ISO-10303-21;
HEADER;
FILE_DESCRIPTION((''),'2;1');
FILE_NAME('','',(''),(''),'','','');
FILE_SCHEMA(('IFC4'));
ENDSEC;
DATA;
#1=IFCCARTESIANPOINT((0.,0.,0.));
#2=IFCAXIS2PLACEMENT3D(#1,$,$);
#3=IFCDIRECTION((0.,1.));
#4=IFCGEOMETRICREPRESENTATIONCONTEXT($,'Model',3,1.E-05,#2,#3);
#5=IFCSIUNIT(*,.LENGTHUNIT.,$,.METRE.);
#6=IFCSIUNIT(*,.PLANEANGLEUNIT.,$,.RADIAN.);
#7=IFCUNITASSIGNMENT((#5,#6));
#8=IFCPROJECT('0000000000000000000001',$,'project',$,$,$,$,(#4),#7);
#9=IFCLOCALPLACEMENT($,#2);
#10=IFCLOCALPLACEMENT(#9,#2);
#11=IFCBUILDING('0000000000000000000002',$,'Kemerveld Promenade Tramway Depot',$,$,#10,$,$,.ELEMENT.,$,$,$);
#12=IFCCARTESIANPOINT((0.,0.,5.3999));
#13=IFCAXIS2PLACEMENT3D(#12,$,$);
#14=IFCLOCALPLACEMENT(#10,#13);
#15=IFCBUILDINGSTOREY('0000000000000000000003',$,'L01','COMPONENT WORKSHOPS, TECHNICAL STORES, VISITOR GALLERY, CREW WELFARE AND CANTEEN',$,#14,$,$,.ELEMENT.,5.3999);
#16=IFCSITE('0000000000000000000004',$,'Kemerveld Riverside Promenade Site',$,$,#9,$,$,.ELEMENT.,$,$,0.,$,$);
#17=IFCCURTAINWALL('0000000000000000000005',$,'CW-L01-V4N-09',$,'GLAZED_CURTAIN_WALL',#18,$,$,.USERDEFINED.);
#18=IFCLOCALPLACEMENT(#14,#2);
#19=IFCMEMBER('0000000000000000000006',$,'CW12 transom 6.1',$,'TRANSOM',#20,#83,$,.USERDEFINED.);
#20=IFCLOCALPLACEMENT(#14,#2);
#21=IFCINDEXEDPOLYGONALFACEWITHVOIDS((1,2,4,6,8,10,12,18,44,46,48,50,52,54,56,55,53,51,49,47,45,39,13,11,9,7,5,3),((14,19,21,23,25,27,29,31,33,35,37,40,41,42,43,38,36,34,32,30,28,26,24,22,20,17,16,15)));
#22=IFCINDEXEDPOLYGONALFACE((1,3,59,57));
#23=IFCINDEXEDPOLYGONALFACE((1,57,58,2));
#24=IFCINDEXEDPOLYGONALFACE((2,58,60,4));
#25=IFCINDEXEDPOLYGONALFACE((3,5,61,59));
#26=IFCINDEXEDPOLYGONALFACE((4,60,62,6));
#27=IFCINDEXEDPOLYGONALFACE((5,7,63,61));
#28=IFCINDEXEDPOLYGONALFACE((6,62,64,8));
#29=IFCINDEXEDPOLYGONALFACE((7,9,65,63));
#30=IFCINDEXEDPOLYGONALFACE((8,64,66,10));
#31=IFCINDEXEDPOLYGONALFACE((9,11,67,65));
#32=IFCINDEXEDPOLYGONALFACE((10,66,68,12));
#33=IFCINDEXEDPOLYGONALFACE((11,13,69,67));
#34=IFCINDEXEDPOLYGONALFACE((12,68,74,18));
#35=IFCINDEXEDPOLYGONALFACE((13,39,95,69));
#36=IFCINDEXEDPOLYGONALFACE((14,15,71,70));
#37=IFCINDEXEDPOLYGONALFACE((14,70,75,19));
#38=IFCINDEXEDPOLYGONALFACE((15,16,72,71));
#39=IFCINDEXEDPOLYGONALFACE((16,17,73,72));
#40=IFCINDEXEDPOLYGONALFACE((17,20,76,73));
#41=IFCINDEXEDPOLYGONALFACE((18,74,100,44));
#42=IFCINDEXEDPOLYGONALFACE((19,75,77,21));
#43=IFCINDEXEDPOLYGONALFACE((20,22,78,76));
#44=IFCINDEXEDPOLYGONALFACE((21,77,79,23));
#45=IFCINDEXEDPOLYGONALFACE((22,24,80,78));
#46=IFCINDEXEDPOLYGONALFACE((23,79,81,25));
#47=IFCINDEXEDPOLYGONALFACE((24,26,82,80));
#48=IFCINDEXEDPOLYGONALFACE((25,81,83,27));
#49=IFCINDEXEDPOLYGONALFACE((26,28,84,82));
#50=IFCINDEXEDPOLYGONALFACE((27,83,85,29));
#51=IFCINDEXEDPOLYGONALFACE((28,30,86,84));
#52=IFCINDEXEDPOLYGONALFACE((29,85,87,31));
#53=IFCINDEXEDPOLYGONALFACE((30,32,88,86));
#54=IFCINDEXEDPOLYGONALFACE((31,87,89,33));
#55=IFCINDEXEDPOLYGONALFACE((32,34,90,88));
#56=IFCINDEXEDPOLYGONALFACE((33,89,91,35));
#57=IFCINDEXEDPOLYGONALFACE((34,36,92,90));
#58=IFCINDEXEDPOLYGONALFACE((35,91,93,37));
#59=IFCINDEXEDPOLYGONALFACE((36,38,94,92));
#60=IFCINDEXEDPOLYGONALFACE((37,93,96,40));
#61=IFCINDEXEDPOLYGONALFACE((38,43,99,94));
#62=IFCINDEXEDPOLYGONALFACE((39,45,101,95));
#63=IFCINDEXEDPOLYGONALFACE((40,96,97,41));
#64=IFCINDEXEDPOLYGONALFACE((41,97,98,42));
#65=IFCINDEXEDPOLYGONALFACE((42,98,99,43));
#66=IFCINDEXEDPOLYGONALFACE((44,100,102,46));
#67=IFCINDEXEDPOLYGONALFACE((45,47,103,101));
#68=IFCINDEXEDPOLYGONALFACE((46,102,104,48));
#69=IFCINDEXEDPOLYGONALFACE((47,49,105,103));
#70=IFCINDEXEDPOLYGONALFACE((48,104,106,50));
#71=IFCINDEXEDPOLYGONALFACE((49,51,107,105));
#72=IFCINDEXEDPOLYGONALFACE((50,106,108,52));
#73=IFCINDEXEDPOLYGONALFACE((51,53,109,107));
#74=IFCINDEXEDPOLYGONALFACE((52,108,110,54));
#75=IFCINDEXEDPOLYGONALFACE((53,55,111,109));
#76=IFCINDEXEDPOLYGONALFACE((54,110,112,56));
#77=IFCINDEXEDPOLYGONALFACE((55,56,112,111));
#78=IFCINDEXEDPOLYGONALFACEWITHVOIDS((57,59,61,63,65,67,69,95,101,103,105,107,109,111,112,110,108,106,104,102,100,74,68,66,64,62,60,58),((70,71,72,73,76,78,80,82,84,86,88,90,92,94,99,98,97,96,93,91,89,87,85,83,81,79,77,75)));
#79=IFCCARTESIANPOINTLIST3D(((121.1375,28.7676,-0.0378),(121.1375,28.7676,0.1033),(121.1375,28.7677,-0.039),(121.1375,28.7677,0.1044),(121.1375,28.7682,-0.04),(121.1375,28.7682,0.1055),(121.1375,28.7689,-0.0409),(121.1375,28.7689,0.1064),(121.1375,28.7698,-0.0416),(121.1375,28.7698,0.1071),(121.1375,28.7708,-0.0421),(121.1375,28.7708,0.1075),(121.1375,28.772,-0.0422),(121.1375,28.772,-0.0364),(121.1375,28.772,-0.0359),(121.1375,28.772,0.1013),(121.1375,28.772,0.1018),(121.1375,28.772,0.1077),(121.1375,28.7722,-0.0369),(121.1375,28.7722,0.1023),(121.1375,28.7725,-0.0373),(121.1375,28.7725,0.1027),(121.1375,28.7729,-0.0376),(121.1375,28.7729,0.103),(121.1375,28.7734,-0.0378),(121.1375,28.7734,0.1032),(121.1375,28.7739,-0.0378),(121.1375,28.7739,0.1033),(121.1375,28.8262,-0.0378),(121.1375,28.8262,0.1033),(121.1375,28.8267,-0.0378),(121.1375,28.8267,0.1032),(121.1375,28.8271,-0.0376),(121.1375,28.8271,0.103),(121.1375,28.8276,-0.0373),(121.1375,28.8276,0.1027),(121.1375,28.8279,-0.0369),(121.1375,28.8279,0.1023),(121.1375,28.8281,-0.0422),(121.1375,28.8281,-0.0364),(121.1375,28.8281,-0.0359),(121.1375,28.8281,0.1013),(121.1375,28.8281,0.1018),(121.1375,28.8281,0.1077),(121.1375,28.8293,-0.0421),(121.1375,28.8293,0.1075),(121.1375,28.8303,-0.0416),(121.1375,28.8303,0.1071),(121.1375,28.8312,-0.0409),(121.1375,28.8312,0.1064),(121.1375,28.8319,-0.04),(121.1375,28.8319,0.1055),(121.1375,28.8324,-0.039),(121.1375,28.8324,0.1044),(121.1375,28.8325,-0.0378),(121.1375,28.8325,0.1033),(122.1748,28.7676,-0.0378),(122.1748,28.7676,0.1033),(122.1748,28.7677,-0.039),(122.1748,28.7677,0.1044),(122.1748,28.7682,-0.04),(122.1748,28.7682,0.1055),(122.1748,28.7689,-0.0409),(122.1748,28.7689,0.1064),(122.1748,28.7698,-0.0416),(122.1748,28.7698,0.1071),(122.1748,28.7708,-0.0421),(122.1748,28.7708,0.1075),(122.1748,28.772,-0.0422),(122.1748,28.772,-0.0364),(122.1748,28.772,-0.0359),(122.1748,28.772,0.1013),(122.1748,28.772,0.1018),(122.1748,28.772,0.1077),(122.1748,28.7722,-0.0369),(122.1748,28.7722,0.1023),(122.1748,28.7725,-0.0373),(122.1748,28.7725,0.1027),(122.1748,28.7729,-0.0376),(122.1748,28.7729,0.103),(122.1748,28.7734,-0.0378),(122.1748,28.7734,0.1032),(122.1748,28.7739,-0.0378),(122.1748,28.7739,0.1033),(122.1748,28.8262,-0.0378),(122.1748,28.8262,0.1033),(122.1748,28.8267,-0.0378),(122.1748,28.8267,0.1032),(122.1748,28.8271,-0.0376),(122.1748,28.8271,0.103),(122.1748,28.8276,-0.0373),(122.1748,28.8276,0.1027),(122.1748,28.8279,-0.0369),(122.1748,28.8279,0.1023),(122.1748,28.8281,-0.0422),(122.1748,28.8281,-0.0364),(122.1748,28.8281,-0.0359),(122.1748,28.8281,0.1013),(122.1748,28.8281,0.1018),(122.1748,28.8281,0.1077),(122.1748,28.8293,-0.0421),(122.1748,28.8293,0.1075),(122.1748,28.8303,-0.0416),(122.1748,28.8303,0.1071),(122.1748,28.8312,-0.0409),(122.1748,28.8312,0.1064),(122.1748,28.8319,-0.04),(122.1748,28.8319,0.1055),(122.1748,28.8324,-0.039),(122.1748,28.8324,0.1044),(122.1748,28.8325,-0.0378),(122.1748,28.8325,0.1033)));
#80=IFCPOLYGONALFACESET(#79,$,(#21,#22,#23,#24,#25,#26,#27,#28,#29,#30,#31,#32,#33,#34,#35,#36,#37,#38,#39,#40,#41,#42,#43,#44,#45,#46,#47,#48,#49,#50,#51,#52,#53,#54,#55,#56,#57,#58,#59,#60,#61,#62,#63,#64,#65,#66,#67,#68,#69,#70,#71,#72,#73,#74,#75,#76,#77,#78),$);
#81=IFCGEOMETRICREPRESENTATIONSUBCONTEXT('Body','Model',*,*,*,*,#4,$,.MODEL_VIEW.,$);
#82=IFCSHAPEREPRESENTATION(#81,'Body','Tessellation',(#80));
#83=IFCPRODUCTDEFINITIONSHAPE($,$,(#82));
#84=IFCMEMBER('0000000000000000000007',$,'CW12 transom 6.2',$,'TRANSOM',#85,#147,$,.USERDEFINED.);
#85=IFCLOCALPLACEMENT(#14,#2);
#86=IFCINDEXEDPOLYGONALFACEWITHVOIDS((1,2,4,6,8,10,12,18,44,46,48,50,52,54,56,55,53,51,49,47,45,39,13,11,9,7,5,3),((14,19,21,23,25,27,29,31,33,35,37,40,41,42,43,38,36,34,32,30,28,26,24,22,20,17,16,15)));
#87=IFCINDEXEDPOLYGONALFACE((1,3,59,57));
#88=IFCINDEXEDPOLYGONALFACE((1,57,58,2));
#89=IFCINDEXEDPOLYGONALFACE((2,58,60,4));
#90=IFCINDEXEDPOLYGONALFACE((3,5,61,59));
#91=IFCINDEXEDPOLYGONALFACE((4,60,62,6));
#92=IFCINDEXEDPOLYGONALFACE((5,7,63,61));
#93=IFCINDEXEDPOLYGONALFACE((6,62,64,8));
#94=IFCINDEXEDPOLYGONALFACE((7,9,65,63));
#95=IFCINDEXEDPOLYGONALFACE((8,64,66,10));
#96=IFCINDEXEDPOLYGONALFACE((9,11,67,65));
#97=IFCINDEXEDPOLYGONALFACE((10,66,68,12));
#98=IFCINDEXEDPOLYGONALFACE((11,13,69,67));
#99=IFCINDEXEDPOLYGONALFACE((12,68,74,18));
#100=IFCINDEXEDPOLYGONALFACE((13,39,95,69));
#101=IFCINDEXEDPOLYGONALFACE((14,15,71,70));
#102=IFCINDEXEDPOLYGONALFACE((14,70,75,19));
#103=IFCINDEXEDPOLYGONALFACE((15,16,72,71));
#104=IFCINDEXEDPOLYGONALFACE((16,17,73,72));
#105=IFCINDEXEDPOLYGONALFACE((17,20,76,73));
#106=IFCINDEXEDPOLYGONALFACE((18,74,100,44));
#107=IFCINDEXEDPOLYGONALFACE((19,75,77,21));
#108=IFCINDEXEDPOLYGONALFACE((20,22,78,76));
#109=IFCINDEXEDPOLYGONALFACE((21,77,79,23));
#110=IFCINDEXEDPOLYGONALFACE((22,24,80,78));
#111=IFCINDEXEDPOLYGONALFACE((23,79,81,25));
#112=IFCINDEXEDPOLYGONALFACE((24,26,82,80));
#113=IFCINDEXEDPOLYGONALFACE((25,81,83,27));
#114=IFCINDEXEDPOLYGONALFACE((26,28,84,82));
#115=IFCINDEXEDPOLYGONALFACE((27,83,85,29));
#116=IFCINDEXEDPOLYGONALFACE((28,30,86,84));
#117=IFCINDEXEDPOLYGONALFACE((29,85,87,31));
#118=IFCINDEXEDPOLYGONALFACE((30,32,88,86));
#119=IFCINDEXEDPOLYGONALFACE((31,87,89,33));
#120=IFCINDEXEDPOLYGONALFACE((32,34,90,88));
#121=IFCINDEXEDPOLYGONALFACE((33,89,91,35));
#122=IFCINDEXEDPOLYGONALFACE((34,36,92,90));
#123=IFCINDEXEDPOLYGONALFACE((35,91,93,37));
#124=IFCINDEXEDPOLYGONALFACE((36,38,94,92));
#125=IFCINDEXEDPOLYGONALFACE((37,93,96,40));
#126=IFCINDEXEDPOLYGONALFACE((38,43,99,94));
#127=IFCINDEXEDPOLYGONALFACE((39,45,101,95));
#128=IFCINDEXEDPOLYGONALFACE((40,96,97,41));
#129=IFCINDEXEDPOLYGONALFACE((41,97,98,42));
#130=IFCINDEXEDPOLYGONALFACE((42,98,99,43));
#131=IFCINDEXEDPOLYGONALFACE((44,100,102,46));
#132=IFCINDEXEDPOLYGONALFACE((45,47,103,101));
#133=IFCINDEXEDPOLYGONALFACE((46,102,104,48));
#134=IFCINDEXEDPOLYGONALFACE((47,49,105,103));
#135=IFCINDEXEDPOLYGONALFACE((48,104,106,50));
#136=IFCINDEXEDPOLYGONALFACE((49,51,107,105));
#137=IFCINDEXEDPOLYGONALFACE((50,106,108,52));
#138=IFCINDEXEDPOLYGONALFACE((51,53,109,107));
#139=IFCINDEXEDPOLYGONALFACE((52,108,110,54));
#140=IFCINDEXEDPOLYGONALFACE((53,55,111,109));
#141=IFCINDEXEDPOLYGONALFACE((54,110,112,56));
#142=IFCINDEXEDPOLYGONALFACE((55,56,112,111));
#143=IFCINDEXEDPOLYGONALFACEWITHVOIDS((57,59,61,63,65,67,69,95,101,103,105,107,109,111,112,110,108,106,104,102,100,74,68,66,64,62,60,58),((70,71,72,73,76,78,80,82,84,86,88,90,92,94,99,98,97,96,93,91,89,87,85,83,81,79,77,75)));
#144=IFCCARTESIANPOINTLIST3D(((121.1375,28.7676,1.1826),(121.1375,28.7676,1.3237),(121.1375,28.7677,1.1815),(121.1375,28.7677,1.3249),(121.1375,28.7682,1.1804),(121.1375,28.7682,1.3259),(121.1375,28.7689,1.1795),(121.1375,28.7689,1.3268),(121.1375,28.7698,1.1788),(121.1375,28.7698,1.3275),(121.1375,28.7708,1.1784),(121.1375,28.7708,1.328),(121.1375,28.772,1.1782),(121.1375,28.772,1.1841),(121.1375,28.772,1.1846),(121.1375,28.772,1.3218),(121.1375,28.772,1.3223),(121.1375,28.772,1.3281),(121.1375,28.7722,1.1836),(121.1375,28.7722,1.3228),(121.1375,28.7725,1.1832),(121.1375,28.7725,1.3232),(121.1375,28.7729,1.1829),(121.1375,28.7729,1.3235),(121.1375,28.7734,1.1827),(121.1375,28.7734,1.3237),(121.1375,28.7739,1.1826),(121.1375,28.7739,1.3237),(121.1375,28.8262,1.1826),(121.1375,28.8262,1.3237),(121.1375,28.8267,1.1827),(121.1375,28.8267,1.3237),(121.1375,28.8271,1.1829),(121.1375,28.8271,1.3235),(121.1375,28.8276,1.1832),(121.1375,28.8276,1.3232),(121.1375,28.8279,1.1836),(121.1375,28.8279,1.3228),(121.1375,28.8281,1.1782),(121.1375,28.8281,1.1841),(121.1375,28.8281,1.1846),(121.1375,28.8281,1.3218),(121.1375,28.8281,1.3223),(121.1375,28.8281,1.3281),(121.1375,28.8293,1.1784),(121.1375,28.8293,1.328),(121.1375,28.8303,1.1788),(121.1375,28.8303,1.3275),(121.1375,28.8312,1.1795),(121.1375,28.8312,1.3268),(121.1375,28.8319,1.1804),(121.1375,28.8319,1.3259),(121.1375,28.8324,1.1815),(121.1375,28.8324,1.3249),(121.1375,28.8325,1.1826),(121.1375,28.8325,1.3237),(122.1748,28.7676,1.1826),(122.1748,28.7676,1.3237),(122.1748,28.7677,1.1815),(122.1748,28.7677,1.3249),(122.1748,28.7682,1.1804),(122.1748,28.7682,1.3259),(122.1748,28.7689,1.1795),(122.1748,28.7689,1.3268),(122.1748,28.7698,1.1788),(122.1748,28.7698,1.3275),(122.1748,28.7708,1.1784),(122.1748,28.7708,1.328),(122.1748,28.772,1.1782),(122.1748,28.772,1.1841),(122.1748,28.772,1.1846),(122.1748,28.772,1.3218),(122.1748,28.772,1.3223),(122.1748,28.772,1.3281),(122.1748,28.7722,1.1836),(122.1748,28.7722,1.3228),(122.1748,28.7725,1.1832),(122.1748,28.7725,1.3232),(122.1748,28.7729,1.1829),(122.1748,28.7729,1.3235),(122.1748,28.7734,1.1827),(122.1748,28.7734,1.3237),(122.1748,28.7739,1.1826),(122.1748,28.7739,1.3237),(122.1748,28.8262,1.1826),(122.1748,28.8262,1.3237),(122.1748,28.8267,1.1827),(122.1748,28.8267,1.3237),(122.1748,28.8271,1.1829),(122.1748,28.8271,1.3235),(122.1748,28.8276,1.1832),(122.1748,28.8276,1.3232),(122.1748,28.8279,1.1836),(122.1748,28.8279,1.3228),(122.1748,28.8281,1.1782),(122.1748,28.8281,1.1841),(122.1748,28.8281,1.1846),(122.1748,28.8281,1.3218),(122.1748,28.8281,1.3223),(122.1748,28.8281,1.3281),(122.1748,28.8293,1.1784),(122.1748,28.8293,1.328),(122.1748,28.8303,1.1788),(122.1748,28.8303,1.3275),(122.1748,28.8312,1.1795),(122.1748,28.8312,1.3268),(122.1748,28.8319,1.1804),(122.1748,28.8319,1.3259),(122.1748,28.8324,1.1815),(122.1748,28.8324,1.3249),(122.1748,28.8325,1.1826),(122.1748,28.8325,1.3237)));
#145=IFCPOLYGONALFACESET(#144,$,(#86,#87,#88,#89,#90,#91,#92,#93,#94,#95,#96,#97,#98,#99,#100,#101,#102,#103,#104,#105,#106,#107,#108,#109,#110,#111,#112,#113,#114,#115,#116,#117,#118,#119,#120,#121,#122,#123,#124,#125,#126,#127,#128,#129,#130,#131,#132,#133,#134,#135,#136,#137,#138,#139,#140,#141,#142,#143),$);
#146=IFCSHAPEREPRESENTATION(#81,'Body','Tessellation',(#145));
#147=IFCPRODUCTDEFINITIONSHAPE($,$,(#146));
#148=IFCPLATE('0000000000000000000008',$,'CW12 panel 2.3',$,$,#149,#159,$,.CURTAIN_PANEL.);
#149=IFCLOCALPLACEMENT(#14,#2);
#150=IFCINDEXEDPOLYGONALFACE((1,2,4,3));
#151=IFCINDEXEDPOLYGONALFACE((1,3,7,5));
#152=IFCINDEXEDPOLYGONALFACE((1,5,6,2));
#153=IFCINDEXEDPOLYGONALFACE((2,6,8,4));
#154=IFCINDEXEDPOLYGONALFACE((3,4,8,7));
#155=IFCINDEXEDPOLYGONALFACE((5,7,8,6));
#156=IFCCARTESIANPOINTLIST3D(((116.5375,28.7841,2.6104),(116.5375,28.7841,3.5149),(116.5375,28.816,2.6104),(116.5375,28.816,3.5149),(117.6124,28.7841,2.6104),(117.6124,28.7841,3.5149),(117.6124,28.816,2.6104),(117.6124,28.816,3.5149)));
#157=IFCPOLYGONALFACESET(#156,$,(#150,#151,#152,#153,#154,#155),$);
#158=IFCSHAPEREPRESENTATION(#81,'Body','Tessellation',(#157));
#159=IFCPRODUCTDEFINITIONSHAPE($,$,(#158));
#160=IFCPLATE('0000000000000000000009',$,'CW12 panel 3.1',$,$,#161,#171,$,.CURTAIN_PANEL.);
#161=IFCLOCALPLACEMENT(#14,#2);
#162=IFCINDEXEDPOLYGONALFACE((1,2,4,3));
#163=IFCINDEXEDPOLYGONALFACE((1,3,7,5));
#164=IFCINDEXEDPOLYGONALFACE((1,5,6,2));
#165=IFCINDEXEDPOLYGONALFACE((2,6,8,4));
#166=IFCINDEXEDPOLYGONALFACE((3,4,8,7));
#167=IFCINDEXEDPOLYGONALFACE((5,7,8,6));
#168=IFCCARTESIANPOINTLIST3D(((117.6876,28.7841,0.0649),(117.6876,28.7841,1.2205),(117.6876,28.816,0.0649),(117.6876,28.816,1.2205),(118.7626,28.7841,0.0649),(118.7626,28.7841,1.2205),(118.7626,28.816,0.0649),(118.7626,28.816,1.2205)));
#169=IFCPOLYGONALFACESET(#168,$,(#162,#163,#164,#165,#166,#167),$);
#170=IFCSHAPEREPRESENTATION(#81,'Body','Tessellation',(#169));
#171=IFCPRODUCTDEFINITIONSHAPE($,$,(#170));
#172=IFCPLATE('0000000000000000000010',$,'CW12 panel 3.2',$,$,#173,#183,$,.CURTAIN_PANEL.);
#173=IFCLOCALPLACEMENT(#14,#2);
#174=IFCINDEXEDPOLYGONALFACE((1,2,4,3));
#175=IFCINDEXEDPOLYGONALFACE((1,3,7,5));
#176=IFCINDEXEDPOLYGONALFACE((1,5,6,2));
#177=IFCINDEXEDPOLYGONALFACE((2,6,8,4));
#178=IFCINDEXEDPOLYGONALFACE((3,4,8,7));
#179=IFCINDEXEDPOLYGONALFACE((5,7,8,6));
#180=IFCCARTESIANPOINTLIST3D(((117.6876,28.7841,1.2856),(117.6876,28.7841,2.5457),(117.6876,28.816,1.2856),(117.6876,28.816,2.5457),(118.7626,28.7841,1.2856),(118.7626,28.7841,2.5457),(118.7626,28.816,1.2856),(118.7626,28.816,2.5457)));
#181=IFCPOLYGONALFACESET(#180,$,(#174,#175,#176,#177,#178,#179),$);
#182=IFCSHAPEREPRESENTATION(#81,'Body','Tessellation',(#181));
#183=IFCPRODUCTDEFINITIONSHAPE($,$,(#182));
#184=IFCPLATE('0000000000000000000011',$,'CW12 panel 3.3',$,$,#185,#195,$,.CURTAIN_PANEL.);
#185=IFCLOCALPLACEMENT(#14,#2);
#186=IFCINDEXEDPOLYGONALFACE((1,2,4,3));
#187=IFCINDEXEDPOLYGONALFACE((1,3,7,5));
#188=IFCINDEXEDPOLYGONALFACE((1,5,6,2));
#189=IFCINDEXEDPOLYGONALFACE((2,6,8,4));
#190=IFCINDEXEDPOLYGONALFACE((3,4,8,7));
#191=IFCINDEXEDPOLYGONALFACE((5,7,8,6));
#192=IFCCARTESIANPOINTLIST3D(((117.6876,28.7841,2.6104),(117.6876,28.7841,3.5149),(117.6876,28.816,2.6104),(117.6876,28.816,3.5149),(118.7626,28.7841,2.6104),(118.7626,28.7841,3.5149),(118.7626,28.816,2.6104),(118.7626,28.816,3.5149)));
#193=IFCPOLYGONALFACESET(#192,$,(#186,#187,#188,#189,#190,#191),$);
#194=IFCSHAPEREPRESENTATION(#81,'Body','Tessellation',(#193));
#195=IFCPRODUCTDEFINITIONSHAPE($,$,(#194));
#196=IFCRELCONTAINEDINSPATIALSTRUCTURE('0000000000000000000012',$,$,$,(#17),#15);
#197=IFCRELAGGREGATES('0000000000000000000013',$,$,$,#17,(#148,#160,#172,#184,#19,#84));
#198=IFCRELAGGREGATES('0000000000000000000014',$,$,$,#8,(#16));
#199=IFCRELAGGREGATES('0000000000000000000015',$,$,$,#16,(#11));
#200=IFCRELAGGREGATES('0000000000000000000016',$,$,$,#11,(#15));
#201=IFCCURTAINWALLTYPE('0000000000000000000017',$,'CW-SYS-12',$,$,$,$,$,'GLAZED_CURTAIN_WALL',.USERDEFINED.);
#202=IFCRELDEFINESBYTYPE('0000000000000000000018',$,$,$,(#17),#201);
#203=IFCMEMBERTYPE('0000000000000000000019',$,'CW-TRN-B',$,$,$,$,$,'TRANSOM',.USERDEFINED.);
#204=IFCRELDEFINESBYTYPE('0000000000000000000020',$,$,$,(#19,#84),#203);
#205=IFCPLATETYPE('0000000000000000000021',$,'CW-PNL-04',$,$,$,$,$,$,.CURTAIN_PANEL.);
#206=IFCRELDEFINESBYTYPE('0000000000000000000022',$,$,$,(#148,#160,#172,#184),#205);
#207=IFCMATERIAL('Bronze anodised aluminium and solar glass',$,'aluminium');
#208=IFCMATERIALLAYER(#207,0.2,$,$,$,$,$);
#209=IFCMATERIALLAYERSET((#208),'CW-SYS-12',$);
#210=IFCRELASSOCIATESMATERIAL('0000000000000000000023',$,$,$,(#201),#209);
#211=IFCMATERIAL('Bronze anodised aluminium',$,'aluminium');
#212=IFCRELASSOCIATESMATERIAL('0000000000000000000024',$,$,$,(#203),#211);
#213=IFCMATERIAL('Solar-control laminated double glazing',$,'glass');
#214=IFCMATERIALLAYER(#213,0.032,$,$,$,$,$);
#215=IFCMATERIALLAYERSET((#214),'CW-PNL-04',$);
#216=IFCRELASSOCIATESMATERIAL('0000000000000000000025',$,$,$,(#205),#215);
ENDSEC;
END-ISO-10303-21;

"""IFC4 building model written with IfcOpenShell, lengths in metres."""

from ifc_helpers import new_model, si_unit, direction, frame, origin, origin_2d, place, context, subcontext, project, spatial, rectangle, hollow_rectangle, extrude, material, layer, layer_set, material_profile, profile_set, type_object, element, aggregate, save


model = new_model("IFC4")

# Units and contexts
model_context = context("Model", 3, precision=1e-05, world=origin(), true_north=direction((0.0, 1.0)))
body_context = subcontext(model_context, "Body", "Model", "MODEL_VIEW")
ifc_project = project(units=[si_unit("LENGTHUNIT", "METRE"), si_unit("PLANEANGLEUNIT", "RADIAN")], contexts=[model_context])

# Site, building, storey
site_placement = place(None, origin())
site = spatial("IfcSite", under=ifc_project, at=site_placement, Name="Kemerveld Riverside Promenade Site", CompositionType="ELEMENT", RefElevation=0.0)
building_placement = place(site_placement, origin())
building = spatial("IfcBuilding", under=site, at=building_placement, Name="Kemerveld Promenade Tramway Depot", CompositionType="ELEMENT")
storey_placement = place(building_placement, frame((0.0, 0.0, 5.3999)))
storey = spatial("IfcBuildingStorey", under=building, at=storey_placement, Name="L01", Description="COMPONENT WORKSHOPS, TECHNICAL STORES, VISITOR GALLERY, CREW WELFARE AND CANTEEN", CompositionType="ELEMENT", Elevation=5.3999)

# Curtain wall, members, plates
ifc_material_1 = material(Name="Bronze anodised aluminium and solar glass", Category="aluminium")
ifc_layer_1 = layer(ifc_material_1, 0.2)
ifc_layer_set_1 = layer_set([ifc_layer_1], Name="CW-SYS-12")
curtain_wall_type = type_object("IfcCurtainWallType", Name="CW-SYS-12", ElementType="GLAZED_CURTAIN_WALL", PredefinedType="USERDEFINED", material=ifc_layer_set_1)
curtain_wall_placement = place(storey_placement, origin())
curtain_wall = element("IfcCurtainWall", 1, at=curtain_wall_placement, inside=storey, type_object=curtain_wall_type, Name="CW-L01-V4N-09", ObjectType="GLAZED_CURTAIN_WALL", PredefinedType="USERDEFINED")
ifc_material_2 = material(Name="Bronze anodised aluminium", Category="aluminium")
ifc_material_profile_1 = material_profile(ifc_material_2, hollow_rectangle(XDim=0.0649, YDim=0.1499, WallThickness=0.0044, InnerFilletRadius=0.002, OuterFilletRadius=0.0044, at=origin_2d()), Name="CW-TRN-150x65")
ifc_profile_set_1 = profile_set([ifc_material_profile_1], Name="Bronze anodised aluminium")
member_type_1 = type_object("IfcMemberType", Name="CW-TRN-B", ElementType="TRANSOM", PredefinedType="USERDEFINED", material=ifc_profile_set_1)
member_1_placement = place(storey_placement, frame((121.1375, 28.8, 0.0327), z_axis=(1.0, 0.0, 0.0), x_axis=(0.0, 1.0, 0.0)))
member_1 = element("IfcMember", 2, at=member_1_placement, type_object=member_type_1, Name="CW12 transom 6.1", ObjectType="TRANSOM", PredefinedType="USERDEFINED", context=body_context, shape_type="SweptSolid", body=[
    extrude(hollow_rectangle(XDim=0.0649, YDim=0.1499, WallThickness=0.0044, InnerFilletRadius=0.002, OuterFilletRadius=0.0044, at=origin_2d()), origin(), (0.0, 0.0, 1.0), 1.0374),
])
member_2_placement = place(storey_placement, frame((121.1375, 28.8, 1.2532), z_axis=(1.0, 0.0, 0.0), x_axis=(0.0, 1.0, 0.0)))
member_2 = element("IfcMember", 3, at=member_2_placement, type_object=member_type_1, Name="CW12 transom 6.2", ObjectType="TRANSOM", PredefinedType="USERDEFINED", context=body_context, shape_type="SweptSolid", body=[
    extrude(hollow_rectangle(XDim=0.0649, YDim=0.1499, WallThickness=0.0044, InnerFilletRadius=0.002, OuterFilletRadius=0.0044, at=origin_2d()), origin(), (0.0, 0.0, 1.0), 1.0374),
])
ifc_material_3 = material(Name="Solar-control laminated double glazing", Category="glass")
ifc_layer_2 = layer(ifc_material_3, 0.032)
ifc_layer_set_2 = layer_set([ifc_layer_2], Name="CW-PNL-04")
plate_type = type_object("IfcPlateType", Name="CW-PNL-04", PredefinedType="CURTAIN_PANEL", material=ifc_layer_set_2)
plate_1_placement = place(storey_placement, frame((117.075, 28.8, 2.6104), z_axis=(0.0, 0.0, 1.0), x_axis=(1.0, 0.0, 0.0)))
plate_1 = element("IfcPlate", 4, at=plate_1_placement, type_object=plate_type, Name="CW12 panel 2.3", PredefinedType="CURTAIN_PANEL", context=body_context, shape_type="SweptSolid", body=[
    extrude(rectangle(XDim=1.075, YDim=0.032, at=origin_2d()), origin(), (0.0, 0.0, 1.0), 0.9045),
])
plate_2_placement = place(storey_placement, frame((118.2251, 28.8, 0.0649), z_axis=(0.0, 0.0, 1.0), x_axis=(1.0, 0.0, 0.0)))
plate_2 = element("IfcPlate", 5, at=plate_2_placement, type_object=plate_type, Name="CW12 panel 3.1", PredefinedType="CURTAIN_PANEL", context=body_context, shape_type="SweptSolid", body=[
    extrude(rectangle(XDim=1.075, YDim=0.032, at=origin_2d()), origin(), (0.0, 0.0, 1.0), 1.1555),
])
plate_3_placement = place(storey_placement, frame((118.2251, 28.8, 1.2856), z_axis=(0.0, 0.0, 1.0), x_axis=(1.0, 0.0, 0.0)))
plate_3 = element("IfcPlate", 6, at=plate_3_placement, type_object=plate_type, Name="CW12 panel 3.2", PredefinedType="CURTAIN_PANEL", context=body_context, shape_type="SweptSolid", body=[
    extrude(rectangle(XDim=1.075, YDim=0.032, at=origin_2d()), origin(), (0.0, 0.0, 1.0), 1.26),
])
plate_4_placement = place(storey_placement, frame((118.2251, 28.8, 2.6104), z_axis=(0.0, 0.0, 1.0), x_axis=(1.0, 0.0, 0.0)))
plate_4 = element("IfcPlate", 7, at=plate_4_placement, type_object=plate_type, Name="CW12 panel 3.3", PredefinedType="CURTAIN_PANEL", context=body_context, shape_type="SweptSolid", body=[
    extrude(rectangle(XDim=1.075, YDim=0.032, at=origin_2d()), origin(), (0.0, 0.0, 1.0), 0.9045),
])
aggregate(curtain_wall, [plate_1, plate_2, plate_3, plate_4, member_1, member_2])

save(model, "model.ifc")
